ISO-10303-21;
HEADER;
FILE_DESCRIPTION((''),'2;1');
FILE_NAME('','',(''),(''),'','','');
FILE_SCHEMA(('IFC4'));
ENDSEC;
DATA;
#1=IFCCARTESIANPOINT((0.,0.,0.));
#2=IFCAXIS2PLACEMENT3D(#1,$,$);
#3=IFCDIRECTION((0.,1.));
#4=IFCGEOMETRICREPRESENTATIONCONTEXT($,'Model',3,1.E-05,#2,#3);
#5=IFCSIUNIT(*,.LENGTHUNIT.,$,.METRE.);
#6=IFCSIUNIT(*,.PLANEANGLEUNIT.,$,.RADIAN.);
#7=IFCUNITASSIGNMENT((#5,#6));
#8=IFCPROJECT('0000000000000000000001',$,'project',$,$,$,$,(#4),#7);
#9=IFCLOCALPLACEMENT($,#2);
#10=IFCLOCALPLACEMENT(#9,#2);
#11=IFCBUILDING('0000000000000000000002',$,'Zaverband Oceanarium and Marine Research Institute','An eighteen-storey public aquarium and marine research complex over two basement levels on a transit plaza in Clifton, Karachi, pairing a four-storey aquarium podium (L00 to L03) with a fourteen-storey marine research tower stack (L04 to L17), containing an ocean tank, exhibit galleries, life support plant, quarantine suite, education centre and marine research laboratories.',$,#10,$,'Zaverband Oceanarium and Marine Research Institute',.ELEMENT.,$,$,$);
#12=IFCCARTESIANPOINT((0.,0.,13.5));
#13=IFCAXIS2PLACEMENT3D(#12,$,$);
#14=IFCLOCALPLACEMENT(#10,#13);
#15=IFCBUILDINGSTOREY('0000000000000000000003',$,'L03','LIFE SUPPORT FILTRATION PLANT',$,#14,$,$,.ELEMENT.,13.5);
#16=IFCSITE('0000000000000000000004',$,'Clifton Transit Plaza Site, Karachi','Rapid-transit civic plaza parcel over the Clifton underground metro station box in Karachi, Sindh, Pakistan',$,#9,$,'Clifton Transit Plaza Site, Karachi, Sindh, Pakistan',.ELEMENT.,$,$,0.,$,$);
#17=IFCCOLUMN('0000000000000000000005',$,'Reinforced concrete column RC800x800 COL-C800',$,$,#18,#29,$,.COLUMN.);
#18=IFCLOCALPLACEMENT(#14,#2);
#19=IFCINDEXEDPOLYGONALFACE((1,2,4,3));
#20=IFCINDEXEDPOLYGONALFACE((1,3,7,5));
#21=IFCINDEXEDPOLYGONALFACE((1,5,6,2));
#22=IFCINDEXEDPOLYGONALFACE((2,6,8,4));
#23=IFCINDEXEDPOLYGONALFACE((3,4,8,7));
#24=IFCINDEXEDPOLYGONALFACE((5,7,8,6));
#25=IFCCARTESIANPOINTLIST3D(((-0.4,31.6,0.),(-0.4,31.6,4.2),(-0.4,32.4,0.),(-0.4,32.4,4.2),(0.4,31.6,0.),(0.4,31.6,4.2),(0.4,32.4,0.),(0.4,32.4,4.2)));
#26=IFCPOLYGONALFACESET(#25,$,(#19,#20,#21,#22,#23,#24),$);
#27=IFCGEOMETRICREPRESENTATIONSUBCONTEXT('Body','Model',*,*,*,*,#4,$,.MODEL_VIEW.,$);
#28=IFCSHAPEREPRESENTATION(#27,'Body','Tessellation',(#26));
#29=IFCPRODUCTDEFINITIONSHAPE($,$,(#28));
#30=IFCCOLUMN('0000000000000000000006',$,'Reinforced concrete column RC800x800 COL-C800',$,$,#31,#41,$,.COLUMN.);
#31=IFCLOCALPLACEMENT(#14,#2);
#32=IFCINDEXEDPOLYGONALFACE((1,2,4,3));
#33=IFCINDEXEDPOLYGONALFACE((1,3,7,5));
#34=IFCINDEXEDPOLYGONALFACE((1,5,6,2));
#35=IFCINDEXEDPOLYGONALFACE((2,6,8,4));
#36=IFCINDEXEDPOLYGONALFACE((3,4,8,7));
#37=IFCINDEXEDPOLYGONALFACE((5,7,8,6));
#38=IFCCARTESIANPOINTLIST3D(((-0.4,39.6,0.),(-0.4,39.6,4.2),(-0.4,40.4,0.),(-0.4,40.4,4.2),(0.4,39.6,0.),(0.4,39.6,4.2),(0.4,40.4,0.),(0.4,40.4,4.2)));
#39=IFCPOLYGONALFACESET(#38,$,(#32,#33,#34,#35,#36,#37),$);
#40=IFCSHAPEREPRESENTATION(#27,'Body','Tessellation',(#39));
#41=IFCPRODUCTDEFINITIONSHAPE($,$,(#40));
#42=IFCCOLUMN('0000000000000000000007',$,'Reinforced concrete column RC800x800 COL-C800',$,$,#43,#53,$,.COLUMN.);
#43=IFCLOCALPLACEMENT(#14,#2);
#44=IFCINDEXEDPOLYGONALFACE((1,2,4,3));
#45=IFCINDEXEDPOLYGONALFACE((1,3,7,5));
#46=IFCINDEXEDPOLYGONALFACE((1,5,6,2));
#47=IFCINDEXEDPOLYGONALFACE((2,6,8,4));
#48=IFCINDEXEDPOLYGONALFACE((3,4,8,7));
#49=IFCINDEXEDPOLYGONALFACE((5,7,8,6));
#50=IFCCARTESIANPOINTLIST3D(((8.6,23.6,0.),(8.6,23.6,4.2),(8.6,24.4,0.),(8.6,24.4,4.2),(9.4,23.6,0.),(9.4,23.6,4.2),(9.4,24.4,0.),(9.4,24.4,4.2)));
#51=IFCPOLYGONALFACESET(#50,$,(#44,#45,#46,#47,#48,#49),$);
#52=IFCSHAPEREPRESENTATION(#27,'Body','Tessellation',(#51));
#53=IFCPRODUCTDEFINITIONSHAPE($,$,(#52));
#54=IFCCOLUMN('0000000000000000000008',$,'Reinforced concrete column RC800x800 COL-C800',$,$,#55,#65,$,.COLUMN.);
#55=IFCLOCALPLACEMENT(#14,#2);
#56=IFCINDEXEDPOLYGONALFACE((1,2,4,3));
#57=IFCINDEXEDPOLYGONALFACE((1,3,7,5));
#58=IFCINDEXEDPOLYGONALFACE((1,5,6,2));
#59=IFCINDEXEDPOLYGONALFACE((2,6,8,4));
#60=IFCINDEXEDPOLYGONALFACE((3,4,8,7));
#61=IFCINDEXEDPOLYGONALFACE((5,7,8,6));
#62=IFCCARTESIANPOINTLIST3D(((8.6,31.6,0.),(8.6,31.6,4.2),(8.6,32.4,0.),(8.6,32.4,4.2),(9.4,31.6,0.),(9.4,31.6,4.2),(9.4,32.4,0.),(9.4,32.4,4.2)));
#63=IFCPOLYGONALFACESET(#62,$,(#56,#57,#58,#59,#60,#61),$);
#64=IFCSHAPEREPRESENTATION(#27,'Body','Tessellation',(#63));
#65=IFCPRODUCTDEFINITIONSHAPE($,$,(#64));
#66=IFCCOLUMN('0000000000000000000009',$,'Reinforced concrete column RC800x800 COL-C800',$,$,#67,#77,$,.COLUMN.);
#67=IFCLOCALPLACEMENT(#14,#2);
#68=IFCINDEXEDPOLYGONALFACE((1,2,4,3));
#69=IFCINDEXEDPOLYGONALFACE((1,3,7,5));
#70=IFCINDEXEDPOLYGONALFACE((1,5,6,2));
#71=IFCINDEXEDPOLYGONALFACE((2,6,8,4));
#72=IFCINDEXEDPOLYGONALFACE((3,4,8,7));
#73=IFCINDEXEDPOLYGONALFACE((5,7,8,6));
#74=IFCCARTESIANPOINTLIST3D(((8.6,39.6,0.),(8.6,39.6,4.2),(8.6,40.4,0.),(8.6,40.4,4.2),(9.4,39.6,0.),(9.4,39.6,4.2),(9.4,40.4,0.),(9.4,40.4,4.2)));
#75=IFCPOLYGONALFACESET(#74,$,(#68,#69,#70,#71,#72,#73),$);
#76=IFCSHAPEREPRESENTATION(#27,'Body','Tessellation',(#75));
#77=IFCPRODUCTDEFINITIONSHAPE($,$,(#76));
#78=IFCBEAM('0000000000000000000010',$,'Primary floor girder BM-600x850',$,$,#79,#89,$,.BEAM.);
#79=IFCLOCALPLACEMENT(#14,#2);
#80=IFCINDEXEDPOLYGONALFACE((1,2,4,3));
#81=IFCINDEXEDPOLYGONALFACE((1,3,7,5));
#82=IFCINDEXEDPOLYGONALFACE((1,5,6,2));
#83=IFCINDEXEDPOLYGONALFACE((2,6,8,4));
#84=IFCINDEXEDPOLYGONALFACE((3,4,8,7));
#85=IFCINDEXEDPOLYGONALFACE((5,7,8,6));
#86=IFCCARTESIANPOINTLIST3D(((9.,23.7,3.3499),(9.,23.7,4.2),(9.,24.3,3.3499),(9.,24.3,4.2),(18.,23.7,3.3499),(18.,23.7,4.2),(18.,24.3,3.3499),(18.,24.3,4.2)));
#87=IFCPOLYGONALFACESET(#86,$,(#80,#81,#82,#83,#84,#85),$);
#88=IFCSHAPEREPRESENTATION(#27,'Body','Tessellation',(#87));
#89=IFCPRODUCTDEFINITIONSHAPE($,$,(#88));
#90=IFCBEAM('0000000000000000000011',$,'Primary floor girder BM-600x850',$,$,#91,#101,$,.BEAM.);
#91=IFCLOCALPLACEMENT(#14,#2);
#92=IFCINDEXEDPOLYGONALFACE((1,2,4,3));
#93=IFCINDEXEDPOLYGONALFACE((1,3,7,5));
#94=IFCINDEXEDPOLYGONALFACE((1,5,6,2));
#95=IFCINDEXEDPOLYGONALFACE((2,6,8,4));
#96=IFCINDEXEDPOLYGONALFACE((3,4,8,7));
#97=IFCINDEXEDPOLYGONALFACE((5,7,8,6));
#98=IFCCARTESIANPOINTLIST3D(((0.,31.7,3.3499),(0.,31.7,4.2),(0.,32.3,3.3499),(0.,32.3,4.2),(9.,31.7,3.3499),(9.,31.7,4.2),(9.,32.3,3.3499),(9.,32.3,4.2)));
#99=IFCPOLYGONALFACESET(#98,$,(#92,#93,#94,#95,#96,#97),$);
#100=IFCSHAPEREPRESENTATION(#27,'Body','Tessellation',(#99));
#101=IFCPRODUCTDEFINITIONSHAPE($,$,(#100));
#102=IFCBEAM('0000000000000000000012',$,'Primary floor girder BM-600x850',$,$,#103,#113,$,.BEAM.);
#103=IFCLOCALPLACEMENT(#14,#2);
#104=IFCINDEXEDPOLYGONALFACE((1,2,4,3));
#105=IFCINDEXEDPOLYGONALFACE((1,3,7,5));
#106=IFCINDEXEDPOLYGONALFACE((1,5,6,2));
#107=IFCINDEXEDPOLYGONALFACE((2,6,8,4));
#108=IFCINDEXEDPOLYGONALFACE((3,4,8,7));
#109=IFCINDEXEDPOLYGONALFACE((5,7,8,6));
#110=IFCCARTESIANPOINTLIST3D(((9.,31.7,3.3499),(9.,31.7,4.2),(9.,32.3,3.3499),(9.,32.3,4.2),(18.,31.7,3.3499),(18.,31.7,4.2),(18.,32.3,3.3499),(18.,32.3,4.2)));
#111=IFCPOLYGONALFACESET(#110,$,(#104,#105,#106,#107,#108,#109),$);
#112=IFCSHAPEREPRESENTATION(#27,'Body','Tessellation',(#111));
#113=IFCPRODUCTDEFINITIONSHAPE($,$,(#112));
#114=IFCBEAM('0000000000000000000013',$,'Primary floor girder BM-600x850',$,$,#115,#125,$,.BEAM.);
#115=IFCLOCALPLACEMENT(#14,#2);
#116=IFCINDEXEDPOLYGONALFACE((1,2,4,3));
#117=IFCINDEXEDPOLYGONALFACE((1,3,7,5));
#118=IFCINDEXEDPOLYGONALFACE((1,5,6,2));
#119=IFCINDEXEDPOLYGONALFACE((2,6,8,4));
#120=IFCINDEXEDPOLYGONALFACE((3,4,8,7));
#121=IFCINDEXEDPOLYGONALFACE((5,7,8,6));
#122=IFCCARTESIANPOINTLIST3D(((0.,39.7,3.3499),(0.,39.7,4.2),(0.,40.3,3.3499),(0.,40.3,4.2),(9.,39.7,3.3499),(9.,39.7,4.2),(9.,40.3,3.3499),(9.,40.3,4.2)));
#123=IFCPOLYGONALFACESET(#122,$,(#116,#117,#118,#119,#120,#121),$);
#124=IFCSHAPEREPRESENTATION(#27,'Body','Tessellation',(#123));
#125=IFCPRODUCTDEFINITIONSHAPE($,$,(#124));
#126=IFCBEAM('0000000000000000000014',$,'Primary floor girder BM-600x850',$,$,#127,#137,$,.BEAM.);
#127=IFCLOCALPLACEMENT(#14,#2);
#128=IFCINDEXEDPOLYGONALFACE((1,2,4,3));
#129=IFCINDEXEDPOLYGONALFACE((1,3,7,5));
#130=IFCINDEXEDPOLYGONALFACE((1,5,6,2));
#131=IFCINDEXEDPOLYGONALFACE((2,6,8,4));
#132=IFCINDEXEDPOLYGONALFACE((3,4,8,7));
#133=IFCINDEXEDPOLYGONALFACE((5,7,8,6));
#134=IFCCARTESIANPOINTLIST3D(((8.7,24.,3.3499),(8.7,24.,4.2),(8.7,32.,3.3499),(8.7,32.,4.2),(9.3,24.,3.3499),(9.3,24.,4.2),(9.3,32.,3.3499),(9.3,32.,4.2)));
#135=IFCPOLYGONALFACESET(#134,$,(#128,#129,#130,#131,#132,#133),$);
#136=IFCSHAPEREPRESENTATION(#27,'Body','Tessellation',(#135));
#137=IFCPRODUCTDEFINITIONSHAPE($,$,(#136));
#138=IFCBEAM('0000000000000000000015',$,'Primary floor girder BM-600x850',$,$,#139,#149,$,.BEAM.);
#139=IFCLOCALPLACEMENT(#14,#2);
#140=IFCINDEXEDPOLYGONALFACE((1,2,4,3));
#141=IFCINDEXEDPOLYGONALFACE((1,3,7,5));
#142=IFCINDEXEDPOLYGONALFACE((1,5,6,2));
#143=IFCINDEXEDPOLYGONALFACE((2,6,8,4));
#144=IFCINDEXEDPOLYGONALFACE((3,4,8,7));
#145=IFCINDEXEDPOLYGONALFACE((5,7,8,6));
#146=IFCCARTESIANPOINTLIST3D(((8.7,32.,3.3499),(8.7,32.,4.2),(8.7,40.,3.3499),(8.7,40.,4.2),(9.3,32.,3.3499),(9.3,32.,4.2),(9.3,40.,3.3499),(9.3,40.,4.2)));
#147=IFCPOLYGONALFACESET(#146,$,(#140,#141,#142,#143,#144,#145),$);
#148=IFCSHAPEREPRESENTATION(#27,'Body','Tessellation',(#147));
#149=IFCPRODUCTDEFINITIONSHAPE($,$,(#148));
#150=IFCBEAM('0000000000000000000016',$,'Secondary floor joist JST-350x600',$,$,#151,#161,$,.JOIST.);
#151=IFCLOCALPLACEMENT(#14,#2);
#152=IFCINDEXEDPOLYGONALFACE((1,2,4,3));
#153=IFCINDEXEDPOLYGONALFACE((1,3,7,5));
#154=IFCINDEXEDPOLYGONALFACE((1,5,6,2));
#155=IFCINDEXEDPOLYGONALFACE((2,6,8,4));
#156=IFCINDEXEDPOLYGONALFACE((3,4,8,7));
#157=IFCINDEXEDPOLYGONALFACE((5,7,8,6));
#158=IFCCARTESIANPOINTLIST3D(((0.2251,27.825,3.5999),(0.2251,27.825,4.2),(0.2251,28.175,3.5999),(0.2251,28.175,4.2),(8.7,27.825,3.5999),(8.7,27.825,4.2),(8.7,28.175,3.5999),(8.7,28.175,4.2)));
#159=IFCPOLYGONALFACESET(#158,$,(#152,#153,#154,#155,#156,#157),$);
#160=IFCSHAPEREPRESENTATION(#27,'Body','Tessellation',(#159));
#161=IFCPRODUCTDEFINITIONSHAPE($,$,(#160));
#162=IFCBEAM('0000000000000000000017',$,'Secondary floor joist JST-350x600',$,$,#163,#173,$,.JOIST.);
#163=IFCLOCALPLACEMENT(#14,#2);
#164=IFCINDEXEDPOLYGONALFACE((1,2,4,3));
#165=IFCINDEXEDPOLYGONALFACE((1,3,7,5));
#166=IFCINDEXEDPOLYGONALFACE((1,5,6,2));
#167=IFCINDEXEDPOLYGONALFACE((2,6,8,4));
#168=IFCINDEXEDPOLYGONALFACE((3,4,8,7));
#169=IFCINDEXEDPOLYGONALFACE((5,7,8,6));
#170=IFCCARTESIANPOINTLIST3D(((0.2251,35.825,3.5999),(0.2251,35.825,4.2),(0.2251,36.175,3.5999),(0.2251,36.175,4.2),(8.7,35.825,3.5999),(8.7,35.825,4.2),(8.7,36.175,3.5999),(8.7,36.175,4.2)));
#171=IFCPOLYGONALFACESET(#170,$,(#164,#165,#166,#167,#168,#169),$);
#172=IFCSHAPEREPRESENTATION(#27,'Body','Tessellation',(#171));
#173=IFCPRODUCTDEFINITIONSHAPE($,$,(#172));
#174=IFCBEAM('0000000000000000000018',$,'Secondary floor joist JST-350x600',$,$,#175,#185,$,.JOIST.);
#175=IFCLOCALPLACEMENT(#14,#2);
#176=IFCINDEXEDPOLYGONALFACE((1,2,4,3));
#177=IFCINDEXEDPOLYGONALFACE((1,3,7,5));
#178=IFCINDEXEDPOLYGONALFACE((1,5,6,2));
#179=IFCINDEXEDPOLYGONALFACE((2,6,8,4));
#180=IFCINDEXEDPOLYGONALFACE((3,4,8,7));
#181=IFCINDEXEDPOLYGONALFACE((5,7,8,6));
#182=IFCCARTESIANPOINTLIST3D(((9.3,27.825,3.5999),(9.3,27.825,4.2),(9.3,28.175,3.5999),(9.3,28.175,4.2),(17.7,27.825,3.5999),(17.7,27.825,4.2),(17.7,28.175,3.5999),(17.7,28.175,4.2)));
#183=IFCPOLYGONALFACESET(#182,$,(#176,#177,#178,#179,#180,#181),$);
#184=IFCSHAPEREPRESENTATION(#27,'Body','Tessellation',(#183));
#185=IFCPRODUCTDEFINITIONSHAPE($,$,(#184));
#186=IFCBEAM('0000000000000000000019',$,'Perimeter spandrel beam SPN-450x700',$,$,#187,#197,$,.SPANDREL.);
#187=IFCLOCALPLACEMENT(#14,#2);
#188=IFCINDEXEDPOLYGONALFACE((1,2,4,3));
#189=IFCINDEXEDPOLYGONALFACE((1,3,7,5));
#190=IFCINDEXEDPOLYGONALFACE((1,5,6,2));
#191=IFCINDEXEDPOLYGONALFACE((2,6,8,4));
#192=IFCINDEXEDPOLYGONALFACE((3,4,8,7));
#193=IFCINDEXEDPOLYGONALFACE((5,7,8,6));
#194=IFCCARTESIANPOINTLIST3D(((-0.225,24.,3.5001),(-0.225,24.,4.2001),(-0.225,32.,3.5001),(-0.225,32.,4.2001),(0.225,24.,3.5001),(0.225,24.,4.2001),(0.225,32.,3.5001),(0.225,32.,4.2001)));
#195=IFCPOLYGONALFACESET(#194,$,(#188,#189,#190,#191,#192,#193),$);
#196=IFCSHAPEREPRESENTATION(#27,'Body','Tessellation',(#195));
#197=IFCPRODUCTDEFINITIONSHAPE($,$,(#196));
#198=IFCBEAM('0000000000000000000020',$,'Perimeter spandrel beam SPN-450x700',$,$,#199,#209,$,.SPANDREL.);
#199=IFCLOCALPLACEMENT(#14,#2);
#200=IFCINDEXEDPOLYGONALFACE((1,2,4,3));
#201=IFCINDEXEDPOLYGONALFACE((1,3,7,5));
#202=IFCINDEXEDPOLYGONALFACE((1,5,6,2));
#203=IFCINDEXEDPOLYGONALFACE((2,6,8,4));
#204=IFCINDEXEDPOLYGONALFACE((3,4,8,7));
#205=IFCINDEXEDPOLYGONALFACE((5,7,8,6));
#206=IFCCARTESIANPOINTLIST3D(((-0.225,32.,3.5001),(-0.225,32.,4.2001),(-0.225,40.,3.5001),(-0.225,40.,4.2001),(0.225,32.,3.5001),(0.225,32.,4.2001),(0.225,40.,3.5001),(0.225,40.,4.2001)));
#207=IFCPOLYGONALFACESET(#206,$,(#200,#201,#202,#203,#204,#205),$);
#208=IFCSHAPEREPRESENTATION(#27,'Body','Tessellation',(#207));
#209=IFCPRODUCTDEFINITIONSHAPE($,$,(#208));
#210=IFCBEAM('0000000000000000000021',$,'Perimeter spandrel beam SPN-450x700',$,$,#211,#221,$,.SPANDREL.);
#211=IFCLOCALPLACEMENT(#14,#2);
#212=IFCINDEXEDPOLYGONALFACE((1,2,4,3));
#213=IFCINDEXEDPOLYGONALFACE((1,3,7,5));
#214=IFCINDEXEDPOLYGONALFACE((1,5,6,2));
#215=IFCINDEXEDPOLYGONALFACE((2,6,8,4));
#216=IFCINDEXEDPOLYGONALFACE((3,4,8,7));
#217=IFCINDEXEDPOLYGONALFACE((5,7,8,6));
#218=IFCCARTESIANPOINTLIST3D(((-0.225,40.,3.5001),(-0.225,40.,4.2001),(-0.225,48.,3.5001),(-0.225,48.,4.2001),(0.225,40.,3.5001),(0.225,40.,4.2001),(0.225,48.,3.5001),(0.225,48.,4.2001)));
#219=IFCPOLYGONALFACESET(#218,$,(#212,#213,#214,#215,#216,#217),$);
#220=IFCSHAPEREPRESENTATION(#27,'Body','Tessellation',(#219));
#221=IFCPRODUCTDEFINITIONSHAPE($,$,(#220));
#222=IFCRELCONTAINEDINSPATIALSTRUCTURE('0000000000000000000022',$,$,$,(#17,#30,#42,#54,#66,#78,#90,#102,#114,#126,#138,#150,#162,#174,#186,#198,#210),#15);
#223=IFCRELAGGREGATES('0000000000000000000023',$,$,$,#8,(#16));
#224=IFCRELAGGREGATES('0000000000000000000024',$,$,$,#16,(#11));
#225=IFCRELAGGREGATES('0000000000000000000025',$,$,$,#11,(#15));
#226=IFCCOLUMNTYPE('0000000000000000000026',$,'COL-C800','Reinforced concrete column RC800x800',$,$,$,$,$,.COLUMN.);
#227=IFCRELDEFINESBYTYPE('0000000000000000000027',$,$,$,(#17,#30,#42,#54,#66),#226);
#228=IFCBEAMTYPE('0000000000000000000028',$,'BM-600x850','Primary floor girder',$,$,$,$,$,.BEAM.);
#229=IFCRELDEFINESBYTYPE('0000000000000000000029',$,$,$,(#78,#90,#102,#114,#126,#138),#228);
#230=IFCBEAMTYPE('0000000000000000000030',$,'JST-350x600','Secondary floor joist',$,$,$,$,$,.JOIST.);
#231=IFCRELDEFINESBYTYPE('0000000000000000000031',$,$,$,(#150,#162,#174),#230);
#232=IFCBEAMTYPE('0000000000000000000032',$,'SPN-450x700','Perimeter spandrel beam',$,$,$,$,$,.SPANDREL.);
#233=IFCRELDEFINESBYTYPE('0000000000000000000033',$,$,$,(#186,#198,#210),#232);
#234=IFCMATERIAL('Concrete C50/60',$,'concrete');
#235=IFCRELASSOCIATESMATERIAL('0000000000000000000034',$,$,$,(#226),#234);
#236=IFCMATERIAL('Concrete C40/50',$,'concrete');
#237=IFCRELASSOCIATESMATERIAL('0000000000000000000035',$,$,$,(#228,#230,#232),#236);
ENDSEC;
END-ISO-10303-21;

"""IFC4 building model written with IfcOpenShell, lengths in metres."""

from ifc_helpers import new_model, si_unit, direction, frame, origin, origin_2d, place, context, subcontext, project, spatial, rectangle, extrude, material, material_profile, profile_set, type_object, element, save


model = new_model("IFC4")

# Units and contexts
model_context = context("Model", 3, precision=1e-05, world=origin(), true_north=direction((0.0, 1.0)))
body_context = subcontext(model_context, "Body", "Model", "MODEL_VIEW")
ifc_project = project(units=[si_unit("LENGTHUNIT", "METRE"), si_unit("PLANEANGLEUNIT", "RADIAN")], contexts=[model_context])

# Site, building, storey
site_placement = place(None, origin())
site = spatial("IfcSite", under=ifc_project, at=site_placement, Name="Clifton Transit Plaza Site, Karachi", Description="Rapid-transit civic plaza parcel over the Clifton underground metro station box in Karachi, Sindh, Pakistan", LongName="Clifton Transit Plaza Site, Karachi, Sindh, Pakistan", CompositionType="ELEMENT", RefElevation=0.0)
building_placement = place(site_placement, origin())
building = spatial("IfcBuilding", under=site, at=building_placement, Name="Zaverband Oceanarium and Marine Research Institute", Description="An eighteen-storey public aquarium and marine research complex over two basement levels on a transit plaza in Clifton, Karachi, pairing a four-storey aquarium podium (L00 to L03) with a fourteen-storey marine research tower stack (L04 to L17), containing an ocean tank, exhibit galleries, life support plant, quarantine suite, education centre and marine research laboratories.", LongName="Zaverband Oceanarium and Marine Research Institute", CompositionType="ELEMENT")
storey_placement = place(building_placement, frame((0.0, 0.0, 13.5)))
storey = spatial("IfcBuildingStorey", under=building, at=storey_placement, Name="L03", Description="LIFE SUPPORT FILTRATION PLANT", CompositionType="ELEMENT", Elevation=13.5)

# Columns
ifc_material_1 = material(Name="Concrete C50/60", Category="concrete")
ifc_material_profile_1 = material_profile(ifc_material_1, rectangle(XDim=0.8, YDim=0.8, at=origin_2d()), Name="RC800x800")
ifc_profile_set_1 = profile_set([ifc_material_profile_1], Name="Concrete C50/60")
column_type = type_object("IfcColumnType", Name="COL-C800", Description="Reinforced concrete column RC800x800", PredefinedType="COLUMN", material=ifc_profile_set_1)
for number, where, z_axis, x_axis, name in (
    (1, (0.0, 32.0, 0.0), (0.0, 0.0, 1.0), (1.0, 0.0, 0.0), "Reinforced concrete column RC800x800 COL-C800"),
    (2, (0.0, 40.0, 0.0), (0.0, 0.0, 1.0), (1.0, 0.0, 0.0), "Reinforced concrete column RC800x800 COL-C800"),
    (3, (9.0, 24.0, 0.0), (0.0, 0.0, 1.0), (1.0, 0.0, 0.0), "Reinforced concrete column RC800x800 COL-C800"),
    (4, (9.0, 32.0, 0.0), (0.0, 0.0, 1.0), (1.0, 0.0, 0.0), "Reinforced concrete column RC800x800 COL-C800"),
    (5, (9.0, 40.0, 0.0), (0.0, 0.0, 1.0), (1.0, 0.0, 0.0), "Reinforced concrete column RC800x800 COL-C800"),
):
    element("IfcColumn", number, at=place(storey_placement, frame(where, z_axis=z_axis, x_axis=x_axis)), inside=storey, type_object=column_type, Name=name, PredefinedType="COLUMN", context=body_context, shape_type="SweptSolid", body=[
        extrude(rectangle(XDim=0.8, YDim=0.8, at=origin_2d()), origin(), (0.0, 0.0, 1.0), 4.2),
    ])

# Beams
ifc_material_2 = material(Name="Concrete C40/50", Category="concrete")
ifc_material_profile_2 = material_profile(ifc_material_2, rectangle(XDim=0.6001, YDim=0.8501, at=origin_2d()), Name="RC600x850")
ifc_profile_set_2 = profile_set([ifc_material_profile_2], Name="Concrete C40/50")
beam_type_1 = type_object("IfcBeamType", Name="BM-600x850", Description="Primary floor girder", PredefinedType="BEAM", material=ifc_profile_set_2)
for number, where, z_axis, x_axis, name in (
    (6, (9.0, 24.0, 3.7749), (1.0, 0.0, 0.0), (0.0, 1.0, 0.0), "Primary floor girder BM-600x850"),
    (7, (0.0, 32.0, 3.7749), (1.0, 0.0, 0.0), (0.0, 1.0, 0.0), "Primary floor girder BM-600x850"),
    (8, (9.0, 32.0, 3.7749), (1.0, 0.0, 0.0), (0.0, 1.0, 0.0), "Primary floor girder BM-600x850"),
    (9, (0.0, 40.0, 3.7749), (1.0, 0.0, 0.0), (0.0, 1.0, 0.0), "Primary floor girder BM-600x850"),
):
    element("IfcBeam", number, at=place(storey_placement, frame(where, z_axis=z_axis, x_axis=x_axis)), inside=storey, type_object=beam_type_1, Name=name, PredefinedType="BEAM", context=body_context, shape_type="SweptSolid", body=[
        extrude(rectangle(XDim=0.6001, YDim=0.8501, at=origin_2d()), origin(), (0.0, 0.0, 1.0), 9.0),
    ])
for number, where, z_axis, x_axis, name in (
    (10, (9.0, 24.0, 3.7749), (0.0, 1.0, 0.0), (-1.0, 0.0, 0.0), "Primary floor girder BM-600x850"),
    (11, (9.0, 32.0, 3.7749), (0.0, 1.0, 0.0), (-1.0, 0.0, 0.0), "Primary floor girder BM-600x850"),
):
    element("IfcBeam", number, at=place(storey_placement, frame(where, z_axis=z_axis, x_axis=x_axis)), inside=storey, type_object=beam_type_1, Name=name, PredefinedType="BEAM", context=body_context, shape_type="SweptSolid", body=[
        extrude(rectangle(XDim=0.6001, YDim=0.8501, at=origin_2d()), origin(), (0.0, 0.0, 1.0), 8.0),
    ])
ifc_material_profile_3 = material_profile(ifc_material_2, rectangle(XDim=0.3501, YDim=0.6001, at=origin_2d()), Name="RC350x600")
ifc_profile_set_3 = profile_set([ifc_material_profile_3], Name="Concrete C40/50")
beam_type_2 = type_object("IfcBeamType", Name="JST-350x600", Description="Secondary floor joist", PredefinedType="JOIST", material=ifc_profile_set_3)
for number, where, z_axis, x_axis, name in (
    (12, (0.2251, 28.0, 3.8999), (1.0, 0.0, 0.0), (0.0, 1.0, 0.0), "Secondary floor joist JST-350x600"),
    (13, (0.2251, 36.0, 3.8999), (1.0, 0.0, 0.0), (0.0, 1.0, 0.0), "Secondary floor joist JST-350x600"),
):
    element("IfcBeam", number, at=place(storey_placement, frame(where, z_axis=z_axis, x_axis=x_axis)), inside=storey, type_object=beam_type_2, Name=name, PredefinedType="JOIST", context=body_context, shape_type="SweptSolid", body=[
        extrude(rectangle(XDim=0.3501, YDim=0.6001, at=origin_2d()), origin(), (0.0, 0.0, 1.0), 8.4749),
    ])
beam_placement = place(storey_placement, frame((9.3, 28.0, 3.8999), z_axis=(1.0, 0.0, 0.0), x_axis=(0.0, 1.0, 0.0)))
element("IfcBeam", 14, at=beam_placement, inside=storey, type_object=beam_type_2, Name="Secondary floor joist JST-350x600", PredefinedType="JOIST", context=body_context, shape_type="SweptSolid", body=[
    extrude(rectangle(XDim=0.3501, YDim=0.6001, at=origin_2d()), origin(), (0.0, 0.0, 1.0), 8.3999),
])
ifc_material_profile_4 = material_profile(ifc_material_2, rectangle(XDim=0.45, YDim=0.7, at=origin_2d()), Name="RC450x700")
ifc_profile_set_4 = profile_set([ifc_material_profile_4], Name="Concrete C40/50")
beam_type_3 = type_object("IfcBeamType", Name="SPN-450x700", Description="Perimeter spandrel beam", PredefinedType="SPANDREL", material=ifc_profile_set_4)
for number, where, z_axis, x_axis, name in (
    (15, (0.0, 24.0, 3.8501), (0.0, 1.0, 0.0), (-1.0, 0.0, 0.0), "Perimeter spandrel beam SPN-450x700"),
    (16, (0.0, 32.0, 3.8501), (0.0, 1.0, 0.0), (-1.0, 0.0, 0.0), "Perimeter spandrel beam SPN-450x700"),
    (17, (0.0, 40.0, 3.8501), (0.0, 1.0, 0.0), (-1.0, 0.0, 0.0), "Perimeter spandrel beam SPN-450x700"),
):
    element("IfcBeam", number, at=place(storey_placement, frame(where, z_axis=z_axis, x_axis=x_axis)), inside=storey, type_object=beam_type_3, Name=name, PredefinedType="SPANDREL", context=body_context, shape_type="SweptSolid", body=[
        extrude(rectangle(XDim=0.45, YDim=0.7, at=origin_2d()), origin(), (0.0, 0.0, 1.0), 8.0),
    ])

save(model, "model.ifc")
